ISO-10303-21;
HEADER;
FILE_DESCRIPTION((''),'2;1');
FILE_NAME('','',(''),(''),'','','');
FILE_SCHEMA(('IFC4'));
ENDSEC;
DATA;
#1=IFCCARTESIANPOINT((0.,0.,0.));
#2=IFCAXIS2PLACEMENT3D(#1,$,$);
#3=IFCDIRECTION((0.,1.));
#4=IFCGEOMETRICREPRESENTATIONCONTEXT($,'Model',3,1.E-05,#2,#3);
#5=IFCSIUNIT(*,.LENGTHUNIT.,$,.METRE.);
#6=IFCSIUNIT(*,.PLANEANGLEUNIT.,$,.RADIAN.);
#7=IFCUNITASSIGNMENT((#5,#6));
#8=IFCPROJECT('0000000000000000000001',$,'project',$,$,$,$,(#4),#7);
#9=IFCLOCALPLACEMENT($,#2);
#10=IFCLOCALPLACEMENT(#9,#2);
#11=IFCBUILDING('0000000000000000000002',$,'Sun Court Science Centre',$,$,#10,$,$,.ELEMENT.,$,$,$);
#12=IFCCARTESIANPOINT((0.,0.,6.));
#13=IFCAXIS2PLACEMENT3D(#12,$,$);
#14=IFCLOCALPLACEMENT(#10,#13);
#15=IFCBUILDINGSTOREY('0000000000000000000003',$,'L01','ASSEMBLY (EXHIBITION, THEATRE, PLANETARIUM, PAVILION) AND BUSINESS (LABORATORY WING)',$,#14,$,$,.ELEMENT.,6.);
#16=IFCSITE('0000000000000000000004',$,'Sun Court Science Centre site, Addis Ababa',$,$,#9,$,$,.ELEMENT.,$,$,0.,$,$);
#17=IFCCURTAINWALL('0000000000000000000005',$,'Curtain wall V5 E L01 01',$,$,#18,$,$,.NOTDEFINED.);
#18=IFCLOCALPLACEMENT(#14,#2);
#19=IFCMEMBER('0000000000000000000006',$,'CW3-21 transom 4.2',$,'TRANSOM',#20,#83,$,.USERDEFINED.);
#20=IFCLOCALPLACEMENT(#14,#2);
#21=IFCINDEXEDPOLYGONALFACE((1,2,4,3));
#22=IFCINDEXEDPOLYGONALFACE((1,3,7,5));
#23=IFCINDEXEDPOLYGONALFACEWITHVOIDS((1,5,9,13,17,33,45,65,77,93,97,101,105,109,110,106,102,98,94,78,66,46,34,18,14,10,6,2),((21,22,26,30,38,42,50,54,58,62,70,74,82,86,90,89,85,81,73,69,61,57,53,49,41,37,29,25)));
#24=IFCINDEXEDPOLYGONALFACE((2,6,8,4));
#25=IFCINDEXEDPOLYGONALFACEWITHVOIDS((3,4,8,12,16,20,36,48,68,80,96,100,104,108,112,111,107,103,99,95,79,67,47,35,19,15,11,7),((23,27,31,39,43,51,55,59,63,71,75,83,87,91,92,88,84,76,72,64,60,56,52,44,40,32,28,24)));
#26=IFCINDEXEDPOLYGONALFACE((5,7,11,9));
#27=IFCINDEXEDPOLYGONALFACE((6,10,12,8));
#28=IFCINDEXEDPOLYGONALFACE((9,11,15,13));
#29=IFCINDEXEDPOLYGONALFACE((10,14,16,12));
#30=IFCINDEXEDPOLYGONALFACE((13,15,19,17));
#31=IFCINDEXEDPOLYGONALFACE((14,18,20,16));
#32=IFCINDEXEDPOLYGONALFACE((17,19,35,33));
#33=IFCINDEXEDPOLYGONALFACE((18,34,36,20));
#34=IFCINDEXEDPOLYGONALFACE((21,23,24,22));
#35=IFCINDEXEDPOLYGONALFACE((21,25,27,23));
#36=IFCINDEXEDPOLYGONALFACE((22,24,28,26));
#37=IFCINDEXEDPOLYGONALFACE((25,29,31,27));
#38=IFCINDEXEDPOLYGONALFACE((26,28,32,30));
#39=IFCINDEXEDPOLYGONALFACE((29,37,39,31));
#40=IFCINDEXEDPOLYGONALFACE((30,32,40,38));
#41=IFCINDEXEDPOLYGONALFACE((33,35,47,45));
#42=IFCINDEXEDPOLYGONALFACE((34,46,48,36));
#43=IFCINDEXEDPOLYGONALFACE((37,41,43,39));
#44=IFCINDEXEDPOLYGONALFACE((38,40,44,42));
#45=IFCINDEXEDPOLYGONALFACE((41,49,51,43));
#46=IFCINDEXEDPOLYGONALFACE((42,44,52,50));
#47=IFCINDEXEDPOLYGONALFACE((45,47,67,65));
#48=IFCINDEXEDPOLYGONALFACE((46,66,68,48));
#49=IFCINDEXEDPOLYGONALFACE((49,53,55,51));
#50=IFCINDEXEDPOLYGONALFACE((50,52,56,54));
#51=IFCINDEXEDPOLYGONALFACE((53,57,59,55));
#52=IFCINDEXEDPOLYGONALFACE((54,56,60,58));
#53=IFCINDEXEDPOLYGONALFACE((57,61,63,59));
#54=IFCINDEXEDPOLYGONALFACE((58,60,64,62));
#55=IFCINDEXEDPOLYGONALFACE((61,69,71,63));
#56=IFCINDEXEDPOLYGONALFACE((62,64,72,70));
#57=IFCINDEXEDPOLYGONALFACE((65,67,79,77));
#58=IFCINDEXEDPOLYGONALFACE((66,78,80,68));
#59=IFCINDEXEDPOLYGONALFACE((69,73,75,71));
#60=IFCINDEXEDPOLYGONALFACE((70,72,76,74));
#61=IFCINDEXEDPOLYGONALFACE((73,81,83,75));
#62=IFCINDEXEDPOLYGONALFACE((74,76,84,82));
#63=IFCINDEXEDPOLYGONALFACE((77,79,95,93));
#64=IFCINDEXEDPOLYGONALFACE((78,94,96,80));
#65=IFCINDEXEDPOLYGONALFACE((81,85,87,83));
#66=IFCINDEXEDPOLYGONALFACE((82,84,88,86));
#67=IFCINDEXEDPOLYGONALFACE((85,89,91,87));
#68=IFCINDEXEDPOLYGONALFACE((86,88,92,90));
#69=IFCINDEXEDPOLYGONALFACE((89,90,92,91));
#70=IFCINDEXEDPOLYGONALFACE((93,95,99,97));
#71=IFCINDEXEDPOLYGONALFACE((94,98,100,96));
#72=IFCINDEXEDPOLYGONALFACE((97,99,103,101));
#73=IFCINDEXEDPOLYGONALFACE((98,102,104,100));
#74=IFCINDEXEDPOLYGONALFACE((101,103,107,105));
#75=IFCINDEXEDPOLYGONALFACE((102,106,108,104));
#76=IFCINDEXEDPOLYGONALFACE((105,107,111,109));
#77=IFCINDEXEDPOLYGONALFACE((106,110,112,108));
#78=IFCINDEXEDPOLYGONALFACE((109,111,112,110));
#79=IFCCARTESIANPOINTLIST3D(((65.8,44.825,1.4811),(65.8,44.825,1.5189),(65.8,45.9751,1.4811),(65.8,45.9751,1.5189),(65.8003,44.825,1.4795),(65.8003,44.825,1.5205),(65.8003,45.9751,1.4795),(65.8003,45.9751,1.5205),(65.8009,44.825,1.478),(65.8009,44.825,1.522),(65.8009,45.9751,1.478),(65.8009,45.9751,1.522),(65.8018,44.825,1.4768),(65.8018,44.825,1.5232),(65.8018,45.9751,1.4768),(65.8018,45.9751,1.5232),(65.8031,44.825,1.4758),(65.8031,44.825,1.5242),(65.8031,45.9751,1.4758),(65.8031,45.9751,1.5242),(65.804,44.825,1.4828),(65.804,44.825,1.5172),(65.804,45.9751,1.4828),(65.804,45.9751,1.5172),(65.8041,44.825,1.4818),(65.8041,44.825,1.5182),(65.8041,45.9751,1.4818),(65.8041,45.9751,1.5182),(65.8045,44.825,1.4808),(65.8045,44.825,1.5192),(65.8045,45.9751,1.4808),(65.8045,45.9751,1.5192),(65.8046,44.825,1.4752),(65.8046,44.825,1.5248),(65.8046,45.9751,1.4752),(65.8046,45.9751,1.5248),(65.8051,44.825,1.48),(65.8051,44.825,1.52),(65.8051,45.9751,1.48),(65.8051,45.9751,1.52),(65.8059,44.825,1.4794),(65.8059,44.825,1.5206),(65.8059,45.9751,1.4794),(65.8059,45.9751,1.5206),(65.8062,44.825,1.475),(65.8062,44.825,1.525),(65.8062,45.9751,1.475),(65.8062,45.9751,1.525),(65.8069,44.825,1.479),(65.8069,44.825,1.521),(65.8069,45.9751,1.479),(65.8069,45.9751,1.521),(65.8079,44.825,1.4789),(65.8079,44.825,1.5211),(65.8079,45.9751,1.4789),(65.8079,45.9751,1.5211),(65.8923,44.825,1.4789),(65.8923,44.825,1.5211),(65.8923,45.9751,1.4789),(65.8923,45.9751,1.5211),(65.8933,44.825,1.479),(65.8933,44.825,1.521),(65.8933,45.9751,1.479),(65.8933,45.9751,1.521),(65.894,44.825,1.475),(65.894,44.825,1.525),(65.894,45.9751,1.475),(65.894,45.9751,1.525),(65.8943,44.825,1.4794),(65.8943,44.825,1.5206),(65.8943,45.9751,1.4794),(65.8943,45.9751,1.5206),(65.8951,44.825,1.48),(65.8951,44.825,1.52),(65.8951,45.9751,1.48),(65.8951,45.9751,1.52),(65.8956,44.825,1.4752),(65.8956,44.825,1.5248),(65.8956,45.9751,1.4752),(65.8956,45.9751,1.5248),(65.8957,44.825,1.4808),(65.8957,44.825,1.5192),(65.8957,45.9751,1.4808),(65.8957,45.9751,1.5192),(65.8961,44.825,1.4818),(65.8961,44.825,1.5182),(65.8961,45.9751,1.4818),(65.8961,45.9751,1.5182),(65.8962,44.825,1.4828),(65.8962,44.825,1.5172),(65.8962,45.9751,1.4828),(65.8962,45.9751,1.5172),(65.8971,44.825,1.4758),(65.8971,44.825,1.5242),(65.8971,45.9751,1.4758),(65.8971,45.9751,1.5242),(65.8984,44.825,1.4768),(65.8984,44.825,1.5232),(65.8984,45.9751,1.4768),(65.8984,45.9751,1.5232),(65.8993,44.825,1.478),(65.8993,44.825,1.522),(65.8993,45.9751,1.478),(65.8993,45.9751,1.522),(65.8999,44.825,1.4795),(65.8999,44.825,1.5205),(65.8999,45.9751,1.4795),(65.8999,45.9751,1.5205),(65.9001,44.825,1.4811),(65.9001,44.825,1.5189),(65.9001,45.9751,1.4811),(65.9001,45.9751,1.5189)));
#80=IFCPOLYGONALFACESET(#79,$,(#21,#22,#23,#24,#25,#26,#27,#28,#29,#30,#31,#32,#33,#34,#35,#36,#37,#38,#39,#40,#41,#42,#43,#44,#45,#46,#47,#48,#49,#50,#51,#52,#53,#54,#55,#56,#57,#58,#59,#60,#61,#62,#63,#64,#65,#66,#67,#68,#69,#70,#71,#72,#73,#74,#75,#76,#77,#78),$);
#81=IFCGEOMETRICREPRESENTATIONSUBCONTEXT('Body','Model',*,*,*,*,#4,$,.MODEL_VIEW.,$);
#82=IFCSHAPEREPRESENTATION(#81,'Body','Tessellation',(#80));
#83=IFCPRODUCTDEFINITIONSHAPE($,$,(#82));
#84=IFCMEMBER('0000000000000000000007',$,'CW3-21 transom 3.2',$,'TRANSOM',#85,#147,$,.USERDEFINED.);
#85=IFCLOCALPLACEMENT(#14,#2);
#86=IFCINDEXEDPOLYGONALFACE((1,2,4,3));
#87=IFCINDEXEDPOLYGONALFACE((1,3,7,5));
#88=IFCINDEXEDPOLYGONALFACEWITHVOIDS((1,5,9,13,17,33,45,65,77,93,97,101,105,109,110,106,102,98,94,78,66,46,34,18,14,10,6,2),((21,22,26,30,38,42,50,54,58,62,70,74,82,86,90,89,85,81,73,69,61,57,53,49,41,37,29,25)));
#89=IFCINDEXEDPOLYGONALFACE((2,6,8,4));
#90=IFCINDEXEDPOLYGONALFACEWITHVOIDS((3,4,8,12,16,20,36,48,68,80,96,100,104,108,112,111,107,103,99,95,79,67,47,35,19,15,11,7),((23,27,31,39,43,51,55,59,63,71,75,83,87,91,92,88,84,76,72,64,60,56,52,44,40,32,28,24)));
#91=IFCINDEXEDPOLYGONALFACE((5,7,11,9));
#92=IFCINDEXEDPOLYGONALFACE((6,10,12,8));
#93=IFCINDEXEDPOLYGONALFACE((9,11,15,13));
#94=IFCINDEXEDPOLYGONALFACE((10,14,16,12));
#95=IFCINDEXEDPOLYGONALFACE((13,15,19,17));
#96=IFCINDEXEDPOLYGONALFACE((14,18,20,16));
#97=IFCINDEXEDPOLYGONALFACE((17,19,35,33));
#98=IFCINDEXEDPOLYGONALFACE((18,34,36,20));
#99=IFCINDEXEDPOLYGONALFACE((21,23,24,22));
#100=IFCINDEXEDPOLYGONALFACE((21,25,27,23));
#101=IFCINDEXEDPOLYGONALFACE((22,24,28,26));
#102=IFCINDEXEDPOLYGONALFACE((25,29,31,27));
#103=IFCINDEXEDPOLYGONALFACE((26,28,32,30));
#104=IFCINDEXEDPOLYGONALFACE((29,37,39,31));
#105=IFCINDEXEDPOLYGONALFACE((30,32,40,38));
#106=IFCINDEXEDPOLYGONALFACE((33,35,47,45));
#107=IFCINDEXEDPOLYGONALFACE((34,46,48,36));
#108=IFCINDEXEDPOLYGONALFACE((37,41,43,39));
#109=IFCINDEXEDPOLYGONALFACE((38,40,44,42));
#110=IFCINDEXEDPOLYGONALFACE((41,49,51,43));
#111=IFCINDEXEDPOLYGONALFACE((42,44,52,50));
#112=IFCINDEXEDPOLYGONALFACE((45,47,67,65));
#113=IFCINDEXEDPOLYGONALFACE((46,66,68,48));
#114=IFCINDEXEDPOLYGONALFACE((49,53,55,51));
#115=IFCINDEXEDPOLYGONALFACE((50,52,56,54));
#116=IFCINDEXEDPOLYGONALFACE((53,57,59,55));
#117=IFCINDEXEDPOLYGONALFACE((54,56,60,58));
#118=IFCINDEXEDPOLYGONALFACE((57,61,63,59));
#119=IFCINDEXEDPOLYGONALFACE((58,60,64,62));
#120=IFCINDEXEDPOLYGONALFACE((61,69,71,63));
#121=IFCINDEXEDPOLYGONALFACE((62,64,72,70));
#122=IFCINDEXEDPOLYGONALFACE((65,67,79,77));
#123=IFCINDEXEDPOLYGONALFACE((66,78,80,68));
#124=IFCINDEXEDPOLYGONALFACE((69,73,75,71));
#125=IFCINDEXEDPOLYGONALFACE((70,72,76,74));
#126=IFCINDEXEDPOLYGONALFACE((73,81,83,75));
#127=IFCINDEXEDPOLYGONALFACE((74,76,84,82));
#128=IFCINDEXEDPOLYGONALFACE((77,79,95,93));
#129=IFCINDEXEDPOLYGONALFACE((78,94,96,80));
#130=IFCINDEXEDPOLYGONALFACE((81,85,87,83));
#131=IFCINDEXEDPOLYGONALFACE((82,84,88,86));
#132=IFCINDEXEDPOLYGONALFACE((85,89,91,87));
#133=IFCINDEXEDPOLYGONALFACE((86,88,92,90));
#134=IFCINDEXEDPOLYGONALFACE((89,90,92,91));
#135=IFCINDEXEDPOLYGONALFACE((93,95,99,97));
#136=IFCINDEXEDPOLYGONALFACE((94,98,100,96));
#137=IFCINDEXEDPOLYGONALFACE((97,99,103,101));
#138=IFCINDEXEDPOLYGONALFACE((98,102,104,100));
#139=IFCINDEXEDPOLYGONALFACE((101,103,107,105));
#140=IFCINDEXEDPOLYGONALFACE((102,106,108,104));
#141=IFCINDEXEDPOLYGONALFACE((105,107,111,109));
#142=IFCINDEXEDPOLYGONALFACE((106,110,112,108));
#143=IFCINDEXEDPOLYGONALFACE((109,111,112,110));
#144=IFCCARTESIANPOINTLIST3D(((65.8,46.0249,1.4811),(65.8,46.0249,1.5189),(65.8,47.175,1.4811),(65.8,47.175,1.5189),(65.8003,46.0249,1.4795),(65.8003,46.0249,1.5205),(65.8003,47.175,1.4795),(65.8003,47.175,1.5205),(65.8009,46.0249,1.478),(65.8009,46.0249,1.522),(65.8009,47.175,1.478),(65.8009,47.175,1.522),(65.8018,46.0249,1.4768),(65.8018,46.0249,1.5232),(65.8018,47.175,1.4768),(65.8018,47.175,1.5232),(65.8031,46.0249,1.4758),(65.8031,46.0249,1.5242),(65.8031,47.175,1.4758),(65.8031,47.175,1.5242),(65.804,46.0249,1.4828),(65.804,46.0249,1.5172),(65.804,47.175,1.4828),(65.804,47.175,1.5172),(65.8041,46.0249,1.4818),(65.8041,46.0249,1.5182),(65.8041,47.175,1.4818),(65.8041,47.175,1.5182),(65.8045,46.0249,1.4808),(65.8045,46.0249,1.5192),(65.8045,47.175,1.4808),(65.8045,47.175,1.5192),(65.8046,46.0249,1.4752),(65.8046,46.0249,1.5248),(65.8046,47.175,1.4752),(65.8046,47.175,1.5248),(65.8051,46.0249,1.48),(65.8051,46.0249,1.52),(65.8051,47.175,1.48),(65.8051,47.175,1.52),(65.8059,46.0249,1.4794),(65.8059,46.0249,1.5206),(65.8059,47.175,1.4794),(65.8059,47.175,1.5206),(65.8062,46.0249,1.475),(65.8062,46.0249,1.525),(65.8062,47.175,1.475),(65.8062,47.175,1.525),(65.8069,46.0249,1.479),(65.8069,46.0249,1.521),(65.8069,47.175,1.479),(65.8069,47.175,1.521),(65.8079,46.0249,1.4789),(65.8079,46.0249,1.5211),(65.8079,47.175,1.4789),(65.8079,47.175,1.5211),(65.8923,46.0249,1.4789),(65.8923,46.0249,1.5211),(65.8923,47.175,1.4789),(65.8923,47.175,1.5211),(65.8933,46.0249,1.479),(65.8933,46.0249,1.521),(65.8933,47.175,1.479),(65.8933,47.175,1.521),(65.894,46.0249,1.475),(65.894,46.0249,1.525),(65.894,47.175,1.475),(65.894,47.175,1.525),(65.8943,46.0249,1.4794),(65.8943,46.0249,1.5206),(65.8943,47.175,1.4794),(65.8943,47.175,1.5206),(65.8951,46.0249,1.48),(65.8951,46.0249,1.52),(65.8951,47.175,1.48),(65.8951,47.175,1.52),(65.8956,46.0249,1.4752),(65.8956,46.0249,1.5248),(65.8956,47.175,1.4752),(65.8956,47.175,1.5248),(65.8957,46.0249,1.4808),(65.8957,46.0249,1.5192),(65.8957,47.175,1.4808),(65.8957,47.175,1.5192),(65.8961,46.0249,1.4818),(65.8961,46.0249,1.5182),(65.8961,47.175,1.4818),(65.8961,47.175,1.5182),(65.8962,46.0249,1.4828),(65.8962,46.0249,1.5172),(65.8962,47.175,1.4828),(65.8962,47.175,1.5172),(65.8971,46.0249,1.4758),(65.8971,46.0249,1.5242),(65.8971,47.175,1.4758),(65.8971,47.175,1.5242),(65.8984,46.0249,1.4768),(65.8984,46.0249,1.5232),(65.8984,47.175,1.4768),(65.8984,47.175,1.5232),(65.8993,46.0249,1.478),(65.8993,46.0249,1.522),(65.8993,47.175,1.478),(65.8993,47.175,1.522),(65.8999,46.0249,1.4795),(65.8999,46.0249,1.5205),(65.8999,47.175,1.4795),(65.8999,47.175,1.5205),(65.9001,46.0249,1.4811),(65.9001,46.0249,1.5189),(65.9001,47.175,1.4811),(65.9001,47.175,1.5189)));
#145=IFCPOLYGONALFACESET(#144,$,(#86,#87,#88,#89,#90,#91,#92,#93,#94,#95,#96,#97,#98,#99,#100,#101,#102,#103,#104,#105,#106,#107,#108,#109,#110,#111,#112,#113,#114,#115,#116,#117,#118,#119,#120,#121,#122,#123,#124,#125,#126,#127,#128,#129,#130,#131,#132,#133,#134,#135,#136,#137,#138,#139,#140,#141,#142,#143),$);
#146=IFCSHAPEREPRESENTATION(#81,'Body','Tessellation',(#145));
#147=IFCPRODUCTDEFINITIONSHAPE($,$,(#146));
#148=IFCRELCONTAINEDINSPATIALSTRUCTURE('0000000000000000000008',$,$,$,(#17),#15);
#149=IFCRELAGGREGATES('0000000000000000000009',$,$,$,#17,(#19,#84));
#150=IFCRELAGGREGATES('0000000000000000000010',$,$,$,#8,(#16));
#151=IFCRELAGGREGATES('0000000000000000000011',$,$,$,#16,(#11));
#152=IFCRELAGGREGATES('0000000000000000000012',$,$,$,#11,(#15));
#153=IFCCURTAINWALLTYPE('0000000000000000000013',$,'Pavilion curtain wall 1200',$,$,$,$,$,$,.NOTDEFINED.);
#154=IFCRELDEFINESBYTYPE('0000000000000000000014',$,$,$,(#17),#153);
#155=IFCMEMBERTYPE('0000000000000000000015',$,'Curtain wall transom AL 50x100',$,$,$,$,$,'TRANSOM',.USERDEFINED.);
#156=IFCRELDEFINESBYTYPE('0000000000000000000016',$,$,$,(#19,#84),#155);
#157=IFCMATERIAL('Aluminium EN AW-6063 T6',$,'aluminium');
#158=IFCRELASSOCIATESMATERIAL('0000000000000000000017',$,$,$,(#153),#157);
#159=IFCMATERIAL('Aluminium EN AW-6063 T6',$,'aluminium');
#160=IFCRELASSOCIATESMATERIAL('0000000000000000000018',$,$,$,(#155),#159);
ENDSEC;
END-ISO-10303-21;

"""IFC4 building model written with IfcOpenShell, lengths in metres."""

from ifc_helpers import new_model, si_unit, direction, frame, origin, origin_2d, place, context, subcontext, project, spatial, hollow_rectangle, extrude, material, material_profile, profile_set, type_object, element, aggregate, save


model = new_model("IFC4")

# Units and contexts
model_context = context("Model", 3, precision=1e-05, world=origin(), true_north=direction((0.0, 1.0)))
body_context = subcontext(model_context, "Body", "Model", "MODEL_VIEW")
ifc_project = project(units=[si_unit("LENGTHUNIT", "METRE"), si_unit("PLANEANGLEUNIT", "RADIAN")], contexts=[model_context])

# Site, building, storey
site_placement = place(None, origin())
site = spatial("IfcSite", under=ifc_project, at=site_placement, Name="Sun Court Science Centre site, Addis Ababa", CompositionType="ELEMENT", RefElevation=0.0)
building_placement = place(site_placement, origin())
building = spatial("IfcBuilding", under=site, at=building_placement, Name="Sun Court Science Centre", CompositionType="ELEMENT")
storey_placement = place(building_placement, frame((0.0, 0.0, 6.0)))
storey = spatial("IfcBuildingStorey", under=building, at=storey_placement, Name="L01", Description="ASSEMBLY (EXHIBITION, THEATRE, PLANETARIUM, PAVILION) AND BUSINESS (LABORATORY WING)", CompositionType="ELEMENT", Elevation=6.0)

# Curtain wall, members
ifc_material_1 = material(Name="Aluminium EN AW-6063 T6", Category="aluminium")
curtain_wall_type = type_object("IfcCurtainWallType", Name="Pavilion curtain wall 1200", PredefinedType="NOTDEFINED", material=ifc_material_1)
curtain_wall_placement = place(storey_placement, origin())
curtain_wall = element("IfcCurtainWall", 1, at=curtain_wall_placement, inside=storey, type_object=curtain_wall_type, Name="Curtain wall V5 E L01 01", PredefinedType="NOTDEFINED")
ifc_material_2 = material(Name="Aluminium EN AW-6063 T6", Category="aluminium")
ifc_material_profile_1 = material_profile(ifc_material_2, hollow_rectangle(XDim=0.05, YDim=0.1001, WallThickness=0.0039, InnerFilletRadius=0.0039, OuterFilletRadius=0.0061, at=origin_2d()), Name="AL 50x100x4")
ifc_profile_set_1 = profile_set([ifc_material_profile_1], Name="Aluminium EN AW-6063 T6")
member_type_1 = type_object("IfcMemberType", Name="Curtain wall transom AL 50x100", ElementType="TRANSOM", PredefinedType="USERDEFINED", material=ifc_profile_set_1)
member_1_placement = place(storey_placement, frame((65.8501, 45.9751, 1.5), z_axis=(0.0, -1.0, 0.0), x_axis=(0.0, 0.0, 1.0)))
member_1 = element("IfcMember", 2, at=member_1_placement, type_object=member_type_1, Name="CW3-21 transom 4.2", ObjectType="TRANSOM", PredefinedType="USERDEFINED", context=body_context, shape_type="SweptSolid", body=[
    extrude(hollow_rectangle(XDim=0.05, YDim=0.1001, WallThickness=0.0039, InnerFilletRadius=0.0039, OuterFilletRadius=0.0061, at=origin_2d()), origin(), (0.0, 0.0, 1.0), 1.1501),
])
member_2_placement = place(storey_placement, frame((65.8501, 47.175, 1.5), z_axis=(0.0, -1.0, 0.0), x_axis=(0.0, 0.0, 1.0)))
member_2 = element("IfcMember", 3, at=member_2_placement, type_object=member_type_1, Name="CW3-21 transom 3.2", ObjectType="TRANSOM", PredefinedType="USERDEFINED", context=body_context, shape_type="SweptSolid", body=[
    extrude(hollow_rectangle(XDim=0.05, YDim=0.1001, WallThickness=0.0039, InnerFilletRadius=0.0039, OuterFilletRadius=0.0061, at=origin_2d()), origin(), (0.0, 0.0, 1.0), 1.1501),
])
aggregate(curtain_wall, [member_1, member_2])

save(model, "model.ifc")
